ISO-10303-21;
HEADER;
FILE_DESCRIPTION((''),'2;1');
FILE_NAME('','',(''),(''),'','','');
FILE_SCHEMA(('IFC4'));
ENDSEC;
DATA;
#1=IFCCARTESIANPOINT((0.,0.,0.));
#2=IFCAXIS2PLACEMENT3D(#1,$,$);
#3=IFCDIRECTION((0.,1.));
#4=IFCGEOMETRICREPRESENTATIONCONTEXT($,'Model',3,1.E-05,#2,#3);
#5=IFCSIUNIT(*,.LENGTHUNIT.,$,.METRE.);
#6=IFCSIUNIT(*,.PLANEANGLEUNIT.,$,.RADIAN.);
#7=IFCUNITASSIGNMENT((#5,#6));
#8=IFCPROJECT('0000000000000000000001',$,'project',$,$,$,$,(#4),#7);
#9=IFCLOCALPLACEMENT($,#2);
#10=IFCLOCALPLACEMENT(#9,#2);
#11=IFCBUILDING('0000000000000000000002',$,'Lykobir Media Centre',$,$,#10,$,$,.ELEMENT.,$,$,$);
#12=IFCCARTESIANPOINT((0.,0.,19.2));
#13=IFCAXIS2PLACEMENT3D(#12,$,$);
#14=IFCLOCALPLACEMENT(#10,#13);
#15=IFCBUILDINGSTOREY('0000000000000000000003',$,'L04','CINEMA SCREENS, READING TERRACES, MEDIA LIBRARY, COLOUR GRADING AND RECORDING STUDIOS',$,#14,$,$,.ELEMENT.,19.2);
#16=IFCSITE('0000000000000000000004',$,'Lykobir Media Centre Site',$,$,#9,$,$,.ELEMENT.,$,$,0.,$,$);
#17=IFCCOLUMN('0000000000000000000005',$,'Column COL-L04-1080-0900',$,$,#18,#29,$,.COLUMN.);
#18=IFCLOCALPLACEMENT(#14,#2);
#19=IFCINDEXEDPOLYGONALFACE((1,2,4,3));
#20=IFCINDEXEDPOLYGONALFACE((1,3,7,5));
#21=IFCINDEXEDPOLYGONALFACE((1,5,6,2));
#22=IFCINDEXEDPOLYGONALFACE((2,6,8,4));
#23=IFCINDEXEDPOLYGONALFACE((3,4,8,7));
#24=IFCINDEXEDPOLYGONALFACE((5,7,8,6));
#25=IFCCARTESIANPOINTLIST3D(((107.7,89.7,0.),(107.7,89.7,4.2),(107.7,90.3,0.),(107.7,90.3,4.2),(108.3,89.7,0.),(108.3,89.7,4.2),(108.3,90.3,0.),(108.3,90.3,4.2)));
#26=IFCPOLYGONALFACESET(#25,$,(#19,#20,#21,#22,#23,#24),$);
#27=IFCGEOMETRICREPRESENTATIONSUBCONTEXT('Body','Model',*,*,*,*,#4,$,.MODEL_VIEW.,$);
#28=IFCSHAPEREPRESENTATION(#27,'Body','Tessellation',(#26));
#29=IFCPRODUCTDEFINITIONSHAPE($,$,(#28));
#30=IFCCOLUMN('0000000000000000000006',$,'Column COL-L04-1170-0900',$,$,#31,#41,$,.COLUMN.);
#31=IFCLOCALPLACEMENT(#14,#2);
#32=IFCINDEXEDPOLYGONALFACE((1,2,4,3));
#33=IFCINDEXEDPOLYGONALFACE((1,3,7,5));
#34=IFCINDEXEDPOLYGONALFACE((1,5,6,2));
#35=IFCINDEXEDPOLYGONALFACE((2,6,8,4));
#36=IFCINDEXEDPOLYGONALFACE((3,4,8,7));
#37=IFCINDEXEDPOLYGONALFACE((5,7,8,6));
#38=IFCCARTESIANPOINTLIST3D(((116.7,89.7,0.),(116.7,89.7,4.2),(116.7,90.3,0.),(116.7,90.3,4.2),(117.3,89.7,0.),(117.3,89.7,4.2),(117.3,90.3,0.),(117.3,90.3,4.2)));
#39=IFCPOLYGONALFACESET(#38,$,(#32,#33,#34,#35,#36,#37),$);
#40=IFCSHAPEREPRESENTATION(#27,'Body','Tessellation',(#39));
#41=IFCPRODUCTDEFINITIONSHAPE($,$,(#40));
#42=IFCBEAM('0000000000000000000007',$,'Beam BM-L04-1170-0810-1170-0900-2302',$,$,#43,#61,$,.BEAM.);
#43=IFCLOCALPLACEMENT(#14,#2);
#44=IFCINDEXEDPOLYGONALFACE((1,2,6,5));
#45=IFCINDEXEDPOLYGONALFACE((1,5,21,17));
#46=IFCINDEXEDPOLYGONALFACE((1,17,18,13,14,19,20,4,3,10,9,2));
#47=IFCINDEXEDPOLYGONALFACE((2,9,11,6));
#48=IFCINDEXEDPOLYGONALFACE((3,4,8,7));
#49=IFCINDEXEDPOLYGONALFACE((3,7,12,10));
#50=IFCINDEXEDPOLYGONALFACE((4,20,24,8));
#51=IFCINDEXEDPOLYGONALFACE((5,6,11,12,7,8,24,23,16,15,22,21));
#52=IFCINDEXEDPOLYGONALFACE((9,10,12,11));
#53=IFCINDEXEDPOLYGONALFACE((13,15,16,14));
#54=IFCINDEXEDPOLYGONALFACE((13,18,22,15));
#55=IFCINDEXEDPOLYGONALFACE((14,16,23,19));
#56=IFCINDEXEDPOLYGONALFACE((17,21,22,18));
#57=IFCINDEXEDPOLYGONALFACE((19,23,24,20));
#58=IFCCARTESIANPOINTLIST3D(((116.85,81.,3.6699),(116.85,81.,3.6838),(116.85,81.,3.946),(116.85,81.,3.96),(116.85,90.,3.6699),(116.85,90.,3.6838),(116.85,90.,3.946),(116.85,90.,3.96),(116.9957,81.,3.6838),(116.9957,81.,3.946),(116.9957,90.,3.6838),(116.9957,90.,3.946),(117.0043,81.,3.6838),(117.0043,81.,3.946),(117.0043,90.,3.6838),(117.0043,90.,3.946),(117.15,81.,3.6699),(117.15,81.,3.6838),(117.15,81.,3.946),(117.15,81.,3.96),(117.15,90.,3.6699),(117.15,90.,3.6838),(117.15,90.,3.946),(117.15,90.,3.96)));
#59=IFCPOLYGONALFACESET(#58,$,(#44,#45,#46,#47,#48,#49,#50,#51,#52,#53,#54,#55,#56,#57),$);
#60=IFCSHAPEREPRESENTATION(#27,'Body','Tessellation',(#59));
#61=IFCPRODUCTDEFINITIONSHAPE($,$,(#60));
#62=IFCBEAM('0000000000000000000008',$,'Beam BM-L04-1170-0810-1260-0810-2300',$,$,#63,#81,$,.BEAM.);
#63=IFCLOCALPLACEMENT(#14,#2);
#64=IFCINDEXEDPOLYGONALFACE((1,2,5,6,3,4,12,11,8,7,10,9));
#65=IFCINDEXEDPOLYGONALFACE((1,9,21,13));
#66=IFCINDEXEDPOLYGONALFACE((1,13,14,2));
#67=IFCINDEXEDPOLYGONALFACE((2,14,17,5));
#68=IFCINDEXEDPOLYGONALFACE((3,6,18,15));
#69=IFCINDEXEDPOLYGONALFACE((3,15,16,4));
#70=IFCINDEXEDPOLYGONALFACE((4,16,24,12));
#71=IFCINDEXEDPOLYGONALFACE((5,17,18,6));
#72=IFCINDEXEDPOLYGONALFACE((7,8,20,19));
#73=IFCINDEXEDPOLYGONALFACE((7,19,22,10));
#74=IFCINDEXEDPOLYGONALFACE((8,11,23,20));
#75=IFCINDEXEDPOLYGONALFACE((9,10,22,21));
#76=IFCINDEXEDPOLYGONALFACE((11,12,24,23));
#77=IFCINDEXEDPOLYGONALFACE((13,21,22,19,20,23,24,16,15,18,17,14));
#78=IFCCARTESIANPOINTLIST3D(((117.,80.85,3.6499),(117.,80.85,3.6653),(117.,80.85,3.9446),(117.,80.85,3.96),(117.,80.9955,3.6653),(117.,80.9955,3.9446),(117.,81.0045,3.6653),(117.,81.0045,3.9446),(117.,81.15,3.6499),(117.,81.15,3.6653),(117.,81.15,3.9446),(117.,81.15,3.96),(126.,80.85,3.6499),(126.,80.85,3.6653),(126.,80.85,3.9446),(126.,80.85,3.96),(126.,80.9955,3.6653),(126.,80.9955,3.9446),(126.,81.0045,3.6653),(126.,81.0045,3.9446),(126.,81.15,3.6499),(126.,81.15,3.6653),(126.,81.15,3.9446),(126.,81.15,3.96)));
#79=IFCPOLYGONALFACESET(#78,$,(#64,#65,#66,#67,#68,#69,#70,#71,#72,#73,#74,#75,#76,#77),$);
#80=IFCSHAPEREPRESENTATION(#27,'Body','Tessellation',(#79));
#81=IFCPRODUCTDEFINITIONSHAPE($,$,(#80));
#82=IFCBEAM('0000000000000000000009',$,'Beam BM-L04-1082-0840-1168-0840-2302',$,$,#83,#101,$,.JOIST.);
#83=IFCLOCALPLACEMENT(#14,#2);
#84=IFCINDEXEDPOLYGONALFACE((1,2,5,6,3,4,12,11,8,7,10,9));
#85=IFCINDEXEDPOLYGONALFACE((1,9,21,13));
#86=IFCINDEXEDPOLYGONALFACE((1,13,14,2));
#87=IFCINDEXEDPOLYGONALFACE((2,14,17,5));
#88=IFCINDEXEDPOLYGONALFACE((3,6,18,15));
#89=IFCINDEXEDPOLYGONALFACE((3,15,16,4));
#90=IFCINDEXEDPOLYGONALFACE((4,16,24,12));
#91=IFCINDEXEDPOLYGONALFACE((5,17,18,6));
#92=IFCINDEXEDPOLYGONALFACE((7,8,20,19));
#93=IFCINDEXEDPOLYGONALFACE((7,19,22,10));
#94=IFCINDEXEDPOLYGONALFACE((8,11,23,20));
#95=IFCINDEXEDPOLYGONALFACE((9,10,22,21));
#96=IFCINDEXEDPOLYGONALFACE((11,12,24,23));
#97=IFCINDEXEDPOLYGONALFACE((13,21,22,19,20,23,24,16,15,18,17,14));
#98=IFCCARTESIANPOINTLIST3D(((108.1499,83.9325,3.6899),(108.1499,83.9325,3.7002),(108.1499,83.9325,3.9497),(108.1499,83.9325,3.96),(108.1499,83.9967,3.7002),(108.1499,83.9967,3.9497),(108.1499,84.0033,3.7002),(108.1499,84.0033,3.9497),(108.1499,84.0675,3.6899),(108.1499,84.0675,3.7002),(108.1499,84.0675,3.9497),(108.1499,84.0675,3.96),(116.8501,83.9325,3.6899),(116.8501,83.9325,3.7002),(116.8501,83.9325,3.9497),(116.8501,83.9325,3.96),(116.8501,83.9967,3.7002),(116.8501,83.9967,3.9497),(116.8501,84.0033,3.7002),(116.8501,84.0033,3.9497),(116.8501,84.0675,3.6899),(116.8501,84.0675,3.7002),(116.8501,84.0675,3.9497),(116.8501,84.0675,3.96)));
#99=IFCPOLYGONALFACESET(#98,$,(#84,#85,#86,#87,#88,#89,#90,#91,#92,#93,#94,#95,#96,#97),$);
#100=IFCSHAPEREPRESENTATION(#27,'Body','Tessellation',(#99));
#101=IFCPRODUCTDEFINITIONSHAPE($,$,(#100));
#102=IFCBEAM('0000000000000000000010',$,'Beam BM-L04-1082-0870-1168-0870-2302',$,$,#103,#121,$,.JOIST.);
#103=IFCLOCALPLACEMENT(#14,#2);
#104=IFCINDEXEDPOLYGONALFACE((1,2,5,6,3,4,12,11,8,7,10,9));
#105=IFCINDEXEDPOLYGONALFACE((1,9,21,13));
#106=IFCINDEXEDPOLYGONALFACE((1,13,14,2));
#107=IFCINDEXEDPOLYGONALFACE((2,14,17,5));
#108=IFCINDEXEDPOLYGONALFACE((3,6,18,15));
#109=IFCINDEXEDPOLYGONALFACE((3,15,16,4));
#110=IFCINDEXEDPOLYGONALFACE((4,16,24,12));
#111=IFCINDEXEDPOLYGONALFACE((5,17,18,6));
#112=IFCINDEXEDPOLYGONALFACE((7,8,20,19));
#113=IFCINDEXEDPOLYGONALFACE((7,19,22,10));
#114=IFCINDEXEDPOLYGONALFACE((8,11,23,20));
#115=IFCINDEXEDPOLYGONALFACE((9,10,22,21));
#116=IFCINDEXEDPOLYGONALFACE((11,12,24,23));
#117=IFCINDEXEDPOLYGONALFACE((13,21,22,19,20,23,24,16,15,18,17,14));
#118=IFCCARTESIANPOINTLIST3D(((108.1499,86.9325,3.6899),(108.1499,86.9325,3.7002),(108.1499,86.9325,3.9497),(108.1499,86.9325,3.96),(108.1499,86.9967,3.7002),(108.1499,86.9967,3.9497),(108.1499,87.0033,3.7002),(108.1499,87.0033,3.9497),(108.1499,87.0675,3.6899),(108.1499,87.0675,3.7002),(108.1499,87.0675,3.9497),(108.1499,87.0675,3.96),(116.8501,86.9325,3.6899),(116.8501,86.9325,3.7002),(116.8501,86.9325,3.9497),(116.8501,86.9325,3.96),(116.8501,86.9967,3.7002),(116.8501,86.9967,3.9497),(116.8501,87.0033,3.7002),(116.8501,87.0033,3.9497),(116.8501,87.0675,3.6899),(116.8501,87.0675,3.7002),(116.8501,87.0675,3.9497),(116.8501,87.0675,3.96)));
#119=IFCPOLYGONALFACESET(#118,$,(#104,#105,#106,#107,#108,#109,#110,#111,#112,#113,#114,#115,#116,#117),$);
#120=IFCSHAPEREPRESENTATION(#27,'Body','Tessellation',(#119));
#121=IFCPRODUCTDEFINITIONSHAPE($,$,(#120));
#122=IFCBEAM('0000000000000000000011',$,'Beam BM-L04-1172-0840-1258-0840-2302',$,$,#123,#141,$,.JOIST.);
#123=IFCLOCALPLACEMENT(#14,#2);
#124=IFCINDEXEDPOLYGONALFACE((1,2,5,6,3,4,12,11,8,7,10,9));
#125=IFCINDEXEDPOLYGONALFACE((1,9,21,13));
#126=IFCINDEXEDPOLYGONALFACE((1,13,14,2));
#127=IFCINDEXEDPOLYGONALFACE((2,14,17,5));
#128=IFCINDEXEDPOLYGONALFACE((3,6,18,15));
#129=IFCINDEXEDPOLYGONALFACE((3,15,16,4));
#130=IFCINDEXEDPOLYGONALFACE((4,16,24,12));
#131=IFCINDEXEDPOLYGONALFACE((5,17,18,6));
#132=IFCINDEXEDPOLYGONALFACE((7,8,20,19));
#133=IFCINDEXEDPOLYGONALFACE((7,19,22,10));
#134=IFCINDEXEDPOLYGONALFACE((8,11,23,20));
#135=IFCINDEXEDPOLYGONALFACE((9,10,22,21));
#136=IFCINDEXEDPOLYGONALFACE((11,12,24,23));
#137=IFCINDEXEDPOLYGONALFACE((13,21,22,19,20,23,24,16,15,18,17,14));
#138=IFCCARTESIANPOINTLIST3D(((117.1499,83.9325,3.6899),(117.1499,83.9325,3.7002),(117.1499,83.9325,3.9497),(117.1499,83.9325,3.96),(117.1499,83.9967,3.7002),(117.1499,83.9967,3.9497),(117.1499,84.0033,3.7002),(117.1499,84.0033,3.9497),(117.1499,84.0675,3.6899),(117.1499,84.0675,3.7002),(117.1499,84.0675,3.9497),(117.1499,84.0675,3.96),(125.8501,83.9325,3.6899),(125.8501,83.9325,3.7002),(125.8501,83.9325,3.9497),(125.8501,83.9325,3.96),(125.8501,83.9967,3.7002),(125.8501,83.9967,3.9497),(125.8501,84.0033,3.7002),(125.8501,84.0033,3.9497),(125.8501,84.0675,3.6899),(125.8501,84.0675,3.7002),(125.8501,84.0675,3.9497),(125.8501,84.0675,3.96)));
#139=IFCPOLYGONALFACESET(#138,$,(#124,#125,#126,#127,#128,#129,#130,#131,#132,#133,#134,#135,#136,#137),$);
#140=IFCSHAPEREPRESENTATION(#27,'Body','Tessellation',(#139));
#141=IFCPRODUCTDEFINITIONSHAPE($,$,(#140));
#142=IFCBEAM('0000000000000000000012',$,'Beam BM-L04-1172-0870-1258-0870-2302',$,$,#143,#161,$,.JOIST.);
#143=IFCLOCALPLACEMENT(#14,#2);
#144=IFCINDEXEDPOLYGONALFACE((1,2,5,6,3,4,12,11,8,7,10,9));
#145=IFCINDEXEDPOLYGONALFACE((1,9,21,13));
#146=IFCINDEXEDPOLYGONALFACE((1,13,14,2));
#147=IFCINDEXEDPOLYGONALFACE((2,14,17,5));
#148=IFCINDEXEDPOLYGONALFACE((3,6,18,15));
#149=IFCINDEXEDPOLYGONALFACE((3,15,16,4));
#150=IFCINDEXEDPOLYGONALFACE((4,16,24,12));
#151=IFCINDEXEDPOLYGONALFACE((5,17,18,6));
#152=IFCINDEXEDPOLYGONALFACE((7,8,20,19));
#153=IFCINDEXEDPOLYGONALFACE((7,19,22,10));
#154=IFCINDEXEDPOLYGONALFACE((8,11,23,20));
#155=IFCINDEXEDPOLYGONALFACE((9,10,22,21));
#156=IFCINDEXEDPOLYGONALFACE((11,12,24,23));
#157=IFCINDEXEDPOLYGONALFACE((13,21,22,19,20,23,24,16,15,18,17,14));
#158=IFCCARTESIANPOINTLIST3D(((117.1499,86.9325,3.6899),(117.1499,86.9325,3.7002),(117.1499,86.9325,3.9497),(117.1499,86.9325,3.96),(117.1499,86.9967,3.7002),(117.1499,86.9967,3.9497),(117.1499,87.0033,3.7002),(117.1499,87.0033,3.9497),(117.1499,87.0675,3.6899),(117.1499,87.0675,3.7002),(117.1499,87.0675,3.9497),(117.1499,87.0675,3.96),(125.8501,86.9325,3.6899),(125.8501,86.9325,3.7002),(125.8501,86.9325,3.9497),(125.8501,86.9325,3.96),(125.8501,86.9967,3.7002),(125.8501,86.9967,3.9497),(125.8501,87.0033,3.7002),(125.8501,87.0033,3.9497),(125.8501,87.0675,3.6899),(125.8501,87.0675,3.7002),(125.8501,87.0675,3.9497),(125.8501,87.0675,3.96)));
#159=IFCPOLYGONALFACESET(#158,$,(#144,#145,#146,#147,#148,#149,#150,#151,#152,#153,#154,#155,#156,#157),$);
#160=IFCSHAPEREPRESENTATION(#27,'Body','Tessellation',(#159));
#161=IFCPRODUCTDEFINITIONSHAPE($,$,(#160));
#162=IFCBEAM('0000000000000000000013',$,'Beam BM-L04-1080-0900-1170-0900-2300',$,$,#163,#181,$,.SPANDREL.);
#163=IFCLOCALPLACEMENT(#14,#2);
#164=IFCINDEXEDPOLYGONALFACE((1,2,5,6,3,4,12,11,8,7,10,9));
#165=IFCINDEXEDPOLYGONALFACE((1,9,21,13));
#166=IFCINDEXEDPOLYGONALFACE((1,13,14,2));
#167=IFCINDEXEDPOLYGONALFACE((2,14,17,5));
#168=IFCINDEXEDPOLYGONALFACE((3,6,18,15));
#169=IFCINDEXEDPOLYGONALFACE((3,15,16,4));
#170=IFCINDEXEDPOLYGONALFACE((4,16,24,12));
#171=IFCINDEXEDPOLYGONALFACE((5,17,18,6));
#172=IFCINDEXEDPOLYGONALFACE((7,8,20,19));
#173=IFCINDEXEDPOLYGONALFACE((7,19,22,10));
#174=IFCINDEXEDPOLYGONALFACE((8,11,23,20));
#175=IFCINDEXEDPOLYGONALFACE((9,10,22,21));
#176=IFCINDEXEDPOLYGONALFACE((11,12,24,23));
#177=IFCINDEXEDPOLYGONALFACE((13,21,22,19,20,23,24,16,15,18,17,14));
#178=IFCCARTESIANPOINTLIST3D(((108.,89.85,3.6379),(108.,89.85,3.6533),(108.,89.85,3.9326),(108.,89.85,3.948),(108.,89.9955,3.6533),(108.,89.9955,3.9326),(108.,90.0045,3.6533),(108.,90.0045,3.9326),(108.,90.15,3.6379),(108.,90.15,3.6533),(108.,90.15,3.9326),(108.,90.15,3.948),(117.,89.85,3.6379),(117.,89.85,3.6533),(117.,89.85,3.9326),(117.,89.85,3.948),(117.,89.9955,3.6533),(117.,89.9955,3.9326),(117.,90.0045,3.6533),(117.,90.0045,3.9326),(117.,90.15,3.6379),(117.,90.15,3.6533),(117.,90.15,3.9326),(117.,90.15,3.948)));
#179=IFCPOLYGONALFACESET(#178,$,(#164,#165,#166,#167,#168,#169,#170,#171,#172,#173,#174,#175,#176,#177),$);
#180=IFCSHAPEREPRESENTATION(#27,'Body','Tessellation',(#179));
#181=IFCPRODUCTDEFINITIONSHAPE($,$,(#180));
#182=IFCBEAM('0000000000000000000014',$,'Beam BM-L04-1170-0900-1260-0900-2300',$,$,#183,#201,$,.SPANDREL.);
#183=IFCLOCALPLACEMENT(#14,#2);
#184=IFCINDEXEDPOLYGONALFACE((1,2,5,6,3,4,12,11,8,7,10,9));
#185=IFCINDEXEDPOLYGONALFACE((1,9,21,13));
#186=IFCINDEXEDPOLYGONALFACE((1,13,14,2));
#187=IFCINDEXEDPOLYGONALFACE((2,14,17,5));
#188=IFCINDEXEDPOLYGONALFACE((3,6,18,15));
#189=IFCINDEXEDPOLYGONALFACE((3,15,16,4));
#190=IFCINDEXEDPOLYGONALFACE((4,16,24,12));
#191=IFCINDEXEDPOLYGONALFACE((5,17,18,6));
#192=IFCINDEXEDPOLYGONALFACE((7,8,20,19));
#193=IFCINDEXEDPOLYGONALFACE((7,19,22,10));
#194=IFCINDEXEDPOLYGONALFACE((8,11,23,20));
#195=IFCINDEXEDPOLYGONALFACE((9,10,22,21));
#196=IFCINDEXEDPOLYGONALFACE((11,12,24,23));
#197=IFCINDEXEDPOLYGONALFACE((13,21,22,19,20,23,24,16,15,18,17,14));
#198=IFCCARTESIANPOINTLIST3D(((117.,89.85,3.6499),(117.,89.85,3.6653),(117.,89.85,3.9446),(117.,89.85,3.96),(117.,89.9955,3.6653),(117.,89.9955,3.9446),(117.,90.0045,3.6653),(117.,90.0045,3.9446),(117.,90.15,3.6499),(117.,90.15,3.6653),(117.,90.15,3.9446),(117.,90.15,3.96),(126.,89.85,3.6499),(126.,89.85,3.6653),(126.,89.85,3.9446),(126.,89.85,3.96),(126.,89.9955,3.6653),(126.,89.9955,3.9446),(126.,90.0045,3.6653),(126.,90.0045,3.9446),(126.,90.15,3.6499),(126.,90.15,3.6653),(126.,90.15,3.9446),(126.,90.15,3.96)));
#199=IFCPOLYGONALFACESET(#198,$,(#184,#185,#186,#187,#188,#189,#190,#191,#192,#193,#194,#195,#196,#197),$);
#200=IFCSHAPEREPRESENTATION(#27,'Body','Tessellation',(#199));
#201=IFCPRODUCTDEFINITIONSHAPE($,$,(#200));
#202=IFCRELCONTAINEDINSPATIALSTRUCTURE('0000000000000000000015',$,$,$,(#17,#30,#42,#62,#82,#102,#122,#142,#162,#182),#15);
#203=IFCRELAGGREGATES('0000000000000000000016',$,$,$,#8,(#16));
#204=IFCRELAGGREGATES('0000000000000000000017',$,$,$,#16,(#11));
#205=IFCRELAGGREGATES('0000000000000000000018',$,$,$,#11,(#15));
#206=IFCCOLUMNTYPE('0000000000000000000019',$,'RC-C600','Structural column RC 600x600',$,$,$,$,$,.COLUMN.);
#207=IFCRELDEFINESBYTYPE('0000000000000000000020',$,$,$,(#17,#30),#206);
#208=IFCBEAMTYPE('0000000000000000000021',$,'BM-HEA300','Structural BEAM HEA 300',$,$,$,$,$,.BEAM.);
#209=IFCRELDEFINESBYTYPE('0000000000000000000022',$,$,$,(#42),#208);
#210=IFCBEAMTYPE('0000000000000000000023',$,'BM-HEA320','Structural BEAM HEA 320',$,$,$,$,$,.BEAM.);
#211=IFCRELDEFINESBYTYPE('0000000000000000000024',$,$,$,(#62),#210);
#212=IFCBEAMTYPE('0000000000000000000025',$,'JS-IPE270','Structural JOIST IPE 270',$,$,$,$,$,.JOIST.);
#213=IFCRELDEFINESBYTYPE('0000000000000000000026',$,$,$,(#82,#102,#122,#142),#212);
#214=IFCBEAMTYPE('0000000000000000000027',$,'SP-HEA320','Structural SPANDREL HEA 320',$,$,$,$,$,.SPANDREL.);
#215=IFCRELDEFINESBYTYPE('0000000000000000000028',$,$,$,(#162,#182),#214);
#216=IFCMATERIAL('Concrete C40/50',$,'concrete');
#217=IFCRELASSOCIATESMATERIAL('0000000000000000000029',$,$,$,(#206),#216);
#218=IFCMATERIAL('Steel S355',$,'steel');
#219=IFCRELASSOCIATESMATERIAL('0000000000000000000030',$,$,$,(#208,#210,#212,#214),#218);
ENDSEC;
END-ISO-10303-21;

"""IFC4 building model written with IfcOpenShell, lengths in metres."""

from ifc_helpers import new_model, si_unit, direction, frame, origin, origin_2d, place, context, subcontext, project, spatial, rectangle, i_section, extrude, material, material_profile, profile_set, type_object, element, save


model = new_model("IFC4")

# Units and contexts
model_context = context("Model", 3, precision=1e-05, world=origin(), true_north=direction((0.0, 1.0)))
body_context = subcontext(model_context, "Body", "Model", "MODEL_VIEW")
ifc_project = project(units=[si_unit("LENGTHUNIT", "METRE"), si_unit("PLANEANGLEUNIT", "RADIAN")], contexts=[model_context])

# Site, building, storey
site_placement = place(None, origin())
site = spatial("IfcSite", under=ifc_project, at=site_placement, Name="Lykobir Media Centre Site", CompositionType="ELEMENT", RefElevation=0.0)
building_placement = place(site_placement, origin())
building = spatial("IfcBuilding", under=site, at=building_placement, Name="Lykobir Media Centre", CompositionType="ELEMENT")
storey_placement = place(building_placement, frame((0.0, 0.0, 19.2)))
storey = spatial("IfcBuildingStorey", under=building, at=storey_placement, Name="L04", Description="CINEMA SCREENS, READING TERRACES, MEDIA LIBRARY, COLOUR GRADING AND RECORDING STUDIOS", CompositionType="ELEMENT", Elevation=19.2)

# Columns
ifc_material_1 = material(Name="Concrete C40/50", Category="concrete")
ifc_material_profile_1 = material_profile(ifc_material_1, rectangle(XDim=0.6001, YDim=0.6001, at=origin_2d()), Name="RC 600x600")
ifc_profile_set_1 = profile_set([ifc_material_profile_1], Name="Concrete C40/50")
column_type = type_object("IfcColumnType", Name="RC-C600", Description="Structural column RC 600x600", PredefinedType="COLUMN", material=ifc_profile_set_1)
for number, where, z_axis, x_axis, name in (
    (1, (108.0, 90.0, 0.0), (0.0, 0.0, 1.0), (1.0, 0.0, 0.0), "Column COL-L04-1080-0900"),
    (2, (117.0, 90.0, 0.0), (0.0, 0.0, 1.0), (1.0, 0.0, 0.0), "Column COL-L04-1170-0900"),
):
    element("IfcColumn", number, at=place(storey_placement, frame(where, z_axis=z_axis, x_axis=x_axis)), inside=storey, type_object=column_type, Name=name, PredefinedType="COLUMN", context=body_context, shape_type="SweptSolid", body=[
        extrude(rectangle(XDim=0.6001, YDim=0.6001, at=origin_2d()), origin(), (0.0, 0.0, 1.0), 4.2),
    ])

# Beams
ifc_material_2 = material(Name="Steel S355", Category="steel")
ifc_material_profile_2 = material_profile(ifc_material_2, i_section(OverallWidth=0.3, OverallDepth=0.29, WebThickness=0.0085, FlangeThickness=0.0139, at=origin_2d()), Name="HEA 300")
ifc_profile_set_2 = profile_set([ifc_material_profile_2], Name="Steel S355")
beam_type_1 = type_object("IfcBeamType", Name="BM-HEA300", Description="Structural BEAM HEA 300", PredefinedType="BEAM", material=ifc_profile_set_2)
beam_1_placement = place(storey_placement, frame((117.0, 81.0, 3.8149), z_axis=(0.0, 1.0, 0.0), x_axis=(-1.0, 0.0, 0.0)))
element("IfcBeam", 3, at=beam_1_placement, inside=storey, type_object=beam_type_1, Name="Beam BM-L04-1170-0810-1170-0900-2302", PredefinedType="BEAM", context=body_context, shape_type="SweptSolid", body=[
    extrude(i_section(OverallWidth=0.3, OverallDepth=0.29, WebThickness=0.0085, FlangeThickness=0.0139, at=origin_2d()), origin(), (0.0, 0.0, 1.0), 9.0),
])
ifc_material_profile_3 = material_profile(ifc_material_2, i_section(OverallWidth=0.3, OverallDepth=0.3101, WebThickness=0.009, FlangeThickness=0.0154, at=origin_2d()), Name="HEA 320")
ifc_profile_set_3 = profile_set([ifc_material_profile_3], Name="Steel S355")
beam_type_2 = type_object("IfcBeamType", Name="BM-HEA320", Description="Structural BEAM HEA 320", PredefinedType="BEAM", material=ifc_profile_set_3)
beam_2_placement = place(storey_placement, frame((117.0, 81.0, 3.8049), z_axis=(1.0, 0.0, 0.0), x_axis=(0.0, 1.0, 0.0)))
element("IfcBeam", 4, at=beam_2_placement, inside=storey, type_object=beam_type_2, Name="Beam BM-L04-1170-0810-1260-0810-2300", PredefinedType="BEAM", context=body_context, shape_type="SweptSolid", body=[
    extrude(i_section(OverallWidth=0.3, OverallDepth=0.3101, WebThickness=0.009, FlangeThickness=0.0154, at=origin_2d()), origin(), (0.0, 0.0, 1.0), 9.0),
])
ifc_material_profile_4 = material_profile(ifc_material_2, i_section(OverallWidth=0.135, OverallDepth=0.27, WebThickness=0.0066, FlangeThickness=0.0103, at=origin_2d()), Name="IPE 270")
ifc_profile_set_4 = profile_set([ifc_material_profile_4], Name="Steel S355")
beam_type_3 = type_object("IfcBeamType", Name="JS-IPE270", Description="Structural JOIST IPE 270", PredefinedType="JOIST", material=ifc_profile_set_4)
for number, where, z_axis, x_axis, name in (
    (5, (108.1499, 84.0, 3.825), (1.0, 0.0, 0.0), (0.0, 1.0, 0.0), "Beam BM-L04-1082-0840-1168-0840-2302"),
    (6, (108.1499, 87.0, 3.825), (1.0, 0.0, 0.0), (0.0, 1.0, 0.0), "Beam BM-L04-1082-0870-1168-0870-2302"),
    (7, (117.1499, 84.0, 3.825), (1.0, 0.0, 0.0), (0.0, 1.0, 0.0), "Beam BM-L04-1172-0840-1258-0840-2302"),
    (8, (117.1499, 87.0, 3.825), (1.0, 0.0, 0.0), (0.0, 1.0, 0.0), "Beam BM-L04-1172-0870-1258-0870-2302"),
):
    element("IfcBeam", number, at=place(storey_placement, frame(where, z_axis=z_axis, x_axis=x_axis)), inside=storey, type_object=beam_type_3, Name=name, PredefinedType="JOIST", context=body_context, shape_type="SweptSolid", body=[
        extrude(i_section(OverallWidth=0.135, OverallDepth=0.27, WebThickness=0.0066, FlangeThickness=0.0103, at=origin_2d()), origin(), (0.0, 0.0, 1.0), 8.7002),
    ])
ifc_material_profile_5 = material_profile(ifc_material_2, i_section(OverallWidth=0.3, OverallDepth=0.3101, WebThickness=0.009, FlangeThickness=0.0154, at=origin_2d()), Name="HEA 320")
ifc_profile_set_5 = profile_set([ifc_material_profile_5], Name="Steel S355")
beam_type_4 = type_object("IfcBeamType", Name="SP-HEA320", Description="Structural SPANDREL HEA 320", PredefinedType="SPANDREL", material=ifc_profile_set_5)
for number, where, z_axis, x_axis, name in (
    (9, (108.0, 90.0, 3.793), (1.0, 0.0, 0.0), (0.0, 1.0, 0.0), "Beam BM-L04-1080-0900-1170-0900-2300"),
    (10, (117.0, 90.0, 3.8049), (1.0, 0.0, 0.0), (0.0, 1.0, 0.0), "Beam BM-L04-1170-0900-1260-0900-2300"),
):
    element("IfcBeam", number, at=place(storey_placement, frame(where, z_axis=z_axis, x_axis=x_axis)), inside=storey, type_object=beam_type_4, Name=name, PredefinedType="SPANDREL", context=body_context, shape_type="SweptSolid", body=[
        extrude(i_section(OverallWidth=0.3, OverallDepth=0.3101, WebThickness=0.009, FlangeThickness=0.0154, at=origin_2d()), origin(), (0.0, 0.0, 1.0), 9.0),
    ])

save(model, "model.ifc")
